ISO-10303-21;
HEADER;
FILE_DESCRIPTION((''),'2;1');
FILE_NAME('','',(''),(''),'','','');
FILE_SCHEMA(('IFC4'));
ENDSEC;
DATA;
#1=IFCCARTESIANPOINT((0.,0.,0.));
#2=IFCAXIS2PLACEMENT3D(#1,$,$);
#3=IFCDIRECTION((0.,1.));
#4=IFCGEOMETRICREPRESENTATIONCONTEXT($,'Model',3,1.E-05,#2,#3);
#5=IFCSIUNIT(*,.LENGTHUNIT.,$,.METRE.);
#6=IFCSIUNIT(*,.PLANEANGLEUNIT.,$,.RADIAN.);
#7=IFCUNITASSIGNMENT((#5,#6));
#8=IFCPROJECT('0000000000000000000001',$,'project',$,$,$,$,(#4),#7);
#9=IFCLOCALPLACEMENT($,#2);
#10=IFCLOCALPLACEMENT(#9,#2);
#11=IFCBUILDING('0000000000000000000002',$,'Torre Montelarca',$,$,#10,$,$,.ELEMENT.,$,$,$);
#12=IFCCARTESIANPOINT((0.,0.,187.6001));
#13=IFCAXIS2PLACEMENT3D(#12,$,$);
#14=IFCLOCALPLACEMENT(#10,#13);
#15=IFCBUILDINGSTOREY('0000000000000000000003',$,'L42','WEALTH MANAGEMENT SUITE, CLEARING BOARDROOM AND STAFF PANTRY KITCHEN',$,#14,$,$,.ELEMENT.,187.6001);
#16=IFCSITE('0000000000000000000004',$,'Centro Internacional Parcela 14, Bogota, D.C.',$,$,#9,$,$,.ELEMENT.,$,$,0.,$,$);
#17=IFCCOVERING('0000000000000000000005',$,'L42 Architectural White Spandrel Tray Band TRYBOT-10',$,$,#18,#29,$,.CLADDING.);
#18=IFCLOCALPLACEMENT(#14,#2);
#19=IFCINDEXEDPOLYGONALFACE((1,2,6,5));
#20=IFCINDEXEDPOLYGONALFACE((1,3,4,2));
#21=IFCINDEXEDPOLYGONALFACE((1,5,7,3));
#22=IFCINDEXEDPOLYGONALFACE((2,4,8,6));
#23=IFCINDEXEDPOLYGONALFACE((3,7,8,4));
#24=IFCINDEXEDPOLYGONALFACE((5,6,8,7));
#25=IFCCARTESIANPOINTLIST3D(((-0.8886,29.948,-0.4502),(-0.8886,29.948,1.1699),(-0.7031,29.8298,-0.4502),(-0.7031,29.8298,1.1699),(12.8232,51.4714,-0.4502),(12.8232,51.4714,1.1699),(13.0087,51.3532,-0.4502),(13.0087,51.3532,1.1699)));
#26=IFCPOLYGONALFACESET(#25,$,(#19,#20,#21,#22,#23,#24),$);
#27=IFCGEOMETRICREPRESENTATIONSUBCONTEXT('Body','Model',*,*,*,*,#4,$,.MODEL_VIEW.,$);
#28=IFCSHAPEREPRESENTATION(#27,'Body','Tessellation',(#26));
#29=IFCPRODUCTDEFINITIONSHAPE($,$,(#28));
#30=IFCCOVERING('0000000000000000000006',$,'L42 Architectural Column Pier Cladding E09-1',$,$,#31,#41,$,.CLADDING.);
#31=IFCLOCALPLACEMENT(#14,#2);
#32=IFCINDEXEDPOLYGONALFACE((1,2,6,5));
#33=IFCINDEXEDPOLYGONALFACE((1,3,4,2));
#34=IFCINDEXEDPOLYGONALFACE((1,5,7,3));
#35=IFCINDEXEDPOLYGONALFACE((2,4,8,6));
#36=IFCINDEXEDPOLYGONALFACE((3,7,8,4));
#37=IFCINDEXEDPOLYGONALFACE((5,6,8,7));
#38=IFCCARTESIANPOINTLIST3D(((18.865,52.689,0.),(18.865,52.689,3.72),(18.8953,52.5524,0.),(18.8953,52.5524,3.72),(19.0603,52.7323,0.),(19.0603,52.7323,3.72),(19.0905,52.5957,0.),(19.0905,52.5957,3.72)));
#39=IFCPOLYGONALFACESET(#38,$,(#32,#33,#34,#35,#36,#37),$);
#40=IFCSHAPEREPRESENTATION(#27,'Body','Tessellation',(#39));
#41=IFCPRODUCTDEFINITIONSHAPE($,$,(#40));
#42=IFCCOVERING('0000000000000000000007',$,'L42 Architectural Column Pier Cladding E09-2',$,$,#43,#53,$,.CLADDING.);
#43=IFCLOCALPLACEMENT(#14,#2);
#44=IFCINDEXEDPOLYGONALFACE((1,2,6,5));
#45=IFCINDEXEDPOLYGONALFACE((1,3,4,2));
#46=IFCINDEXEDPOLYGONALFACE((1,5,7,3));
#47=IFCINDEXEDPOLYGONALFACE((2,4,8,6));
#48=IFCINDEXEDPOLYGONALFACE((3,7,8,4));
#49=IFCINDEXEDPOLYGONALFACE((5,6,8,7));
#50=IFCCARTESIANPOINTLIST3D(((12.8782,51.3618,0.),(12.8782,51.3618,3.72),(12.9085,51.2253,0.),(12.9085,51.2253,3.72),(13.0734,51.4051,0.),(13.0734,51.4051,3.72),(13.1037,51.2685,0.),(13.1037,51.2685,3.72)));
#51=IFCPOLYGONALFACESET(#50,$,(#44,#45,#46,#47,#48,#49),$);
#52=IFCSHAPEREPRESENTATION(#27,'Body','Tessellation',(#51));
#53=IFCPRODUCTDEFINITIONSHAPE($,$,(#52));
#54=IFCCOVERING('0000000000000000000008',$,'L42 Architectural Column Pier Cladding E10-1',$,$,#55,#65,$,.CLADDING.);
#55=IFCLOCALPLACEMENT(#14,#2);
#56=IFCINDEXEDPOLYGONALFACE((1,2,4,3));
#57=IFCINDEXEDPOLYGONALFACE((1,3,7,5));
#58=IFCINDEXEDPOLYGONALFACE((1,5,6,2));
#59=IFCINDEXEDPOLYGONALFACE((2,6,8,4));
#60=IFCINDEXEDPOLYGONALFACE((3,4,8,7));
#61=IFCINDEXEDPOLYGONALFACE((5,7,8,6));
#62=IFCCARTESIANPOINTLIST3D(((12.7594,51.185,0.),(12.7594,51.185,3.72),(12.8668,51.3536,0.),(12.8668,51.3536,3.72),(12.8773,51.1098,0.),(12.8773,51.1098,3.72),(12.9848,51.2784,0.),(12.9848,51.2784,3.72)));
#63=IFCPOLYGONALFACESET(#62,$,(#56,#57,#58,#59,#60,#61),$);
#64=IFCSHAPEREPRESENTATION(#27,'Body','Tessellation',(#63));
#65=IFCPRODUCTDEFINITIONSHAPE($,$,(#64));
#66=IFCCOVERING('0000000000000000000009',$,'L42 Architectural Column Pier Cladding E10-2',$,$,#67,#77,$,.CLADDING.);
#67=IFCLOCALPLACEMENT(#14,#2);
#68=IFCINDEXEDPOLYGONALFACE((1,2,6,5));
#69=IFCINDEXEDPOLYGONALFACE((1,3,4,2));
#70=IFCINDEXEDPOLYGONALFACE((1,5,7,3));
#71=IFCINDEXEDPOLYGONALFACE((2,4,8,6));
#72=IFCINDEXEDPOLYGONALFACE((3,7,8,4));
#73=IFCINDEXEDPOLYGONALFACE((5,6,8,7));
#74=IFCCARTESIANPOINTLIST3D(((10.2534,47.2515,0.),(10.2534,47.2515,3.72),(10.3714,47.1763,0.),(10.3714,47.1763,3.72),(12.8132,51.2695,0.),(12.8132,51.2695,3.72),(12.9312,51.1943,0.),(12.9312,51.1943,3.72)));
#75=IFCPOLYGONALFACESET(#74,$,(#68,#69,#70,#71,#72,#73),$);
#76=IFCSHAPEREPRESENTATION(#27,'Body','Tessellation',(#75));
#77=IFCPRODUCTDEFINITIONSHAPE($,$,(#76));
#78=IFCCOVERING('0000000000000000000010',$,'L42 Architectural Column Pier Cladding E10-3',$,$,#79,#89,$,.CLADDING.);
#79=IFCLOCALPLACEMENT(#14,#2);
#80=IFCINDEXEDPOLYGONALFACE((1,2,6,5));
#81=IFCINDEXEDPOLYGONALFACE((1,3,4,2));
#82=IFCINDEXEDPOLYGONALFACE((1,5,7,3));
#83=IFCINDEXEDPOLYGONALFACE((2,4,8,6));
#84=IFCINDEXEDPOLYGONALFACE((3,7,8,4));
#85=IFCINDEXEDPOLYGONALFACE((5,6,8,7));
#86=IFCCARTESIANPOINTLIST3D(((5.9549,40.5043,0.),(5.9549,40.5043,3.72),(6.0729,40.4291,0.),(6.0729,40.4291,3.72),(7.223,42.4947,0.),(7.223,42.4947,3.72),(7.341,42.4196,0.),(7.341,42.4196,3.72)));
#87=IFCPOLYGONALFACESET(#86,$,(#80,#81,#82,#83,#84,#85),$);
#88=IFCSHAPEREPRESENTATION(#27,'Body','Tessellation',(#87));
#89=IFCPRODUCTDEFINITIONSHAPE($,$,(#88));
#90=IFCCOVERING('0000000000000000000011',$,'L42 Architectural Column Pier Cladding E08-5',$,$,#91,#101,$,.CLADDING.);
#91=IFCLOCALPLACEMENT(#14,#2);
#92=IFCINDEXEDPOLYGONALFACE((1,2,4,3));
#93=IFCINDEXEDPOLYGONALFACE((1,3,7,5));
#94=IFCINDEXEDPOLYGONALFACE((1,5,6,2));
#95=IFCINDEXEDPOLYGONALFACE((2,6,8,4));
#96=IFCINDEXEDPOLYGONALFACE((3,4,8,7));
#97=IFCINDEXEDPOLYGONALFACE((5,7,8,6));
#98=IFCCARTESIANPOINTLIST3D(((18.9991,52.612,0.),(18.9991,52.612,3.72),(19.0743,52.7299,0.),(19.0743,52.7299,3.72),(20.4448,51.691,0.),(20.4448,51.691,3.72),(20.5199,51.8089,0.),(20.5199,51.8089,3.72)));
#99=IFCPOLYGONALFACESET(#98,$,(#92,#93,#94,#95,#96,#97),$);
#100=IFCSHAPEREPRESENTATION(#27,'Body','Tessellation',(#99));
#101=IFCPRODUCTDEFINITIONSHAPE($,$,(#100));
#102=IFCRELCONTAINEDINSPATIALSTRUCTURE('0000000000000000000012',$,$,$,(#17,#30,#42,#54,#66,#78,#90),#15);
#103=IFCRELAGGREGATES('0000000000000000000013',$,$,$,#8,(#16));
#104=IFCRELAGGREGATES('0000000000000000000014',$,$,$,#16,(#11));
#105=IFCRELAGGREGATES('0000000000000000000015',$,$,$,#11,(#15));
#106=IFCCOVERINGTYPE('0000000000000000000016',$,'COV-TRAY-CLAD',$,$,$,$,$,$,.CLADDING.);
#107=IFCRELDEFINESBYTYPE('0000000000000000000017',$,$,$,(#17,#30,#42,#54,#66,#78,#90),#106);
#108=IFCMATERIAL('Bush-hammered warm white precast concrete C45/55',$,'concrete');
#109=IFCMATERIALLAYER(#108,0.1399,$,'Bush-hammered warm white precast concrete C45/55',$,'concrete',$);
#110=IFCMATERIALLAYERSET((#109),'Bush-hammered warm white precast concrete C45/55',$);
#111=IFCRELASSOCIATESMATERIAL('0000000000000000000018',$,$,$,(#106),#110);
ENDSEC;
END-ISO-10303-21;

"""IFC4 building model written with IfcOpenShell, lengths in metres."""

from ifc_helpers import new_model, si_unit, direction, frame, origin, origin_2d, place, context, subcontext, project, spatial, rectangle, extrude, source, transform, mapped, material, layer, layer_set, type_object, element, save


model = new_model("IFC4")

# Units and contexts
model_context = context("Model", 3, precision=1e-05, world=origin(), true_north=direction((0.0, 1.0)))
body_context = subcontext(model_context, "Body", "Model", "MODEL_VIEW")
ifc_project = project(units=[si_unit("LENGTHUNIT", "METRE"), si_unit("PLANEANGLEUNIT", "RADIAN")], contexts=[model_context])

# Site, building, storey
site_placement = place(None, origin())
site = spatial("IfcSite", under=ifc_project, at=site_placement, Name="Centro Internacional Parcela 14, Bogota, D.C.", CompositionType="ELEMENT", RefElevation=0.0)
building_placement = place(site_placement, origin())
building = spatial("IfcBuilding", under=site, at=building_placement, Name="Torre Montelarca", CompositionType="ELEMENT")
storey_placement = place(building_placement, frame((0.0, 0.0, 187.6001)))
storey = spatial("IfcBuildingStorey", under=building, at=storey_placement, Name="L42", Description="WEALTH MANAGEMENT SUITE, CLEARING BOARDROOM AND STAFF PANTRY KITCHEN", CompositionType="ELEMENT", Elevation=187.6001)

# Coverings
ifc_material_1 = material(Name="Bush-hammered warm white precast concrete C45/55", Category="concrete")
ifc_layer_1 = layer(ifc_material_1, 0.1399, Name="Bush-hammered warm white precast concrete C45/55", Category="concrete")
ifc_layer_set_1 = layer_set([ifc_layer_1], Name="Bush-hammered warm white precast concrete C45/55")
covering_type = type_object("IfcCoveringType", Name="COV-TRAY-CLAD", PredefinedType="CLADDING", material=ifc_layer_set_1)
shared_shape_1 = source(origin(), body_context, "Body", "SweptSolid", [
    extrude(rectangle(XDim=25.52, YDim=0.22, at=origin_2d()), origin(), (0.0, 0.0, 1.0), 1.6201),
])
covering_1_placement = place(storey_placement, frame((6.0601, 40.6506, -0.4502), z_axis=(0.0, 0.0, 1.0), x_axis=(-0.537298, -0.843392, 0.0)))
element("IfcCovering", 1, at=covering_1_placement, inside=storey, type_object=covering_type, Name="L42 Architectural White Spandrel Tray Band TRYBOT-10", PredefinedType="CLADDING", context=body_context, shape_type="MappedRepresentation", body=[
    mapped(shared_shape_1, transform((0.0, 0.0, 0.0), scale=1.0)),
])
shared_shape_2 = source(origin(), body_context, "Body", "SweptSolid", [
    extrude(rectangle(XDim=0.2, YDim=0.1399, at=origin_2d()), origin(), (0.0, 0.0, 1.0), 3.72),
])
for number, where, z_axis, x_axis, name in (
    (2, (18.9778, 52.6423, 0.0), (0.0, 0.0, 1.0), (-0.976297, -0.216436, 0.0), "L42 Architectural Column Pier Cladding E09-1"),
    (3, (12.991, 51.3152, 0.0), (0.0, 0.0, 1.0), (-0.976297, -0.216436, 0.0), "L42 Architectural Column Pier Cladding E09-2"),
    (4, (12.8721, 51.2317, 0.0), (0.0, 0.0, 1.0), (-0.537301, -0.843391, 0.0), "L42 Architectural Column Pier Cladding E10-1"),
):
    element("IfcCovering", number, at=place(storey_placement, frame(where, z_axis=z_axis, x_axis=x_axis)), inside=storey, type_object=covering_type, Name=name, PredefinedType="CLADDING", context=body_context, shape_type="MappedRepresentation", body=[
        mapped(shared_shape_2, transform((0.0, 0.0, 0.0), scale=1.0)),
    ])
shared_shape_3 = source(origin(), body_context, "Body", "SweptSolid", [
    extrude(rectangle(XDim=4.7642, YDim=0.1399, at=origin_2d()), origin(), (0.0, 0.0, 1.0), 3.72),
])
covering_2_placement = place(storey_placement, frame((11.5923, 49.2229, 0.0), z_axis=(0.0, 0.0, 1.0), x_axis=(-0.537301, -0.843391, 0.0)))
element("IfcCovering", 5, at=covering_2_placement, inside=storey, type_object=covering_type, Name="L42 Architectural Column Pier Cladding E10-2", PredefinedType="CLADDING", context=body_context, shape_type="MappedRepresentation", body=[
    mapped(shared_shape_3, transform((0.0, 0.0, 0.0), scale=1.0)),
])
shared_shape_4 = source(origin(), body_context, "Body", "SweptSolid", [
    extrude(rectangle(XDim=2.3601, YDim=0.1399, at=origin_2d()), origin(), (0.0, 0.0, 1.0), 3.72),
])
covering_3_placement = place(storey_placement, frame((6.6479, 41.4619, 0.0), z_axis=(0.0, 0.0, 1.0), x_axis=(-0.537301, -0.843391, 0.0)))
element("IfcCovering", 6, at=covering_3_placement, inside=storey, type_object=covering_type, Name="L42 Architectural Column Pier Cladding E10-3", PredefinedType="CLADDING", context=body_context, shape_type="MappedRepresentation", body=[
    mapped(shared_shape_4, transform((0.0, 0.0, 0.0), scale=1.0)),
])
shared_shape_5 = source(origin(), body_context, "Body", "SweptSolid", [
    extrude(rectangle(XDim=1.7141, YDim=0.1399, at=origin_2d()), origin(), (0.0, 0.0, 1.0), 3.72),
])
covering_4_placement = place(storey_placement, frame((19.7595, 52.2104, 0.0), z_axis=(0.0, 0.0, 1.0), x_axis=(-0.843391, 0.537301, 0.0)))
element("IfcCovering", 7, at=covering_4_placement, inside=storey, type_object=covering_type, Name="L42 Architectural Column Pier Cladding E08-5", PredefinedType="CLADDING", context=body_context, shape_type="MappedRepresentation", body=[
    mapped(shared_shape_5, transform((0.0, 0.0, 0.0), scale=1.0)),
])

save(model, "model.ifc")
